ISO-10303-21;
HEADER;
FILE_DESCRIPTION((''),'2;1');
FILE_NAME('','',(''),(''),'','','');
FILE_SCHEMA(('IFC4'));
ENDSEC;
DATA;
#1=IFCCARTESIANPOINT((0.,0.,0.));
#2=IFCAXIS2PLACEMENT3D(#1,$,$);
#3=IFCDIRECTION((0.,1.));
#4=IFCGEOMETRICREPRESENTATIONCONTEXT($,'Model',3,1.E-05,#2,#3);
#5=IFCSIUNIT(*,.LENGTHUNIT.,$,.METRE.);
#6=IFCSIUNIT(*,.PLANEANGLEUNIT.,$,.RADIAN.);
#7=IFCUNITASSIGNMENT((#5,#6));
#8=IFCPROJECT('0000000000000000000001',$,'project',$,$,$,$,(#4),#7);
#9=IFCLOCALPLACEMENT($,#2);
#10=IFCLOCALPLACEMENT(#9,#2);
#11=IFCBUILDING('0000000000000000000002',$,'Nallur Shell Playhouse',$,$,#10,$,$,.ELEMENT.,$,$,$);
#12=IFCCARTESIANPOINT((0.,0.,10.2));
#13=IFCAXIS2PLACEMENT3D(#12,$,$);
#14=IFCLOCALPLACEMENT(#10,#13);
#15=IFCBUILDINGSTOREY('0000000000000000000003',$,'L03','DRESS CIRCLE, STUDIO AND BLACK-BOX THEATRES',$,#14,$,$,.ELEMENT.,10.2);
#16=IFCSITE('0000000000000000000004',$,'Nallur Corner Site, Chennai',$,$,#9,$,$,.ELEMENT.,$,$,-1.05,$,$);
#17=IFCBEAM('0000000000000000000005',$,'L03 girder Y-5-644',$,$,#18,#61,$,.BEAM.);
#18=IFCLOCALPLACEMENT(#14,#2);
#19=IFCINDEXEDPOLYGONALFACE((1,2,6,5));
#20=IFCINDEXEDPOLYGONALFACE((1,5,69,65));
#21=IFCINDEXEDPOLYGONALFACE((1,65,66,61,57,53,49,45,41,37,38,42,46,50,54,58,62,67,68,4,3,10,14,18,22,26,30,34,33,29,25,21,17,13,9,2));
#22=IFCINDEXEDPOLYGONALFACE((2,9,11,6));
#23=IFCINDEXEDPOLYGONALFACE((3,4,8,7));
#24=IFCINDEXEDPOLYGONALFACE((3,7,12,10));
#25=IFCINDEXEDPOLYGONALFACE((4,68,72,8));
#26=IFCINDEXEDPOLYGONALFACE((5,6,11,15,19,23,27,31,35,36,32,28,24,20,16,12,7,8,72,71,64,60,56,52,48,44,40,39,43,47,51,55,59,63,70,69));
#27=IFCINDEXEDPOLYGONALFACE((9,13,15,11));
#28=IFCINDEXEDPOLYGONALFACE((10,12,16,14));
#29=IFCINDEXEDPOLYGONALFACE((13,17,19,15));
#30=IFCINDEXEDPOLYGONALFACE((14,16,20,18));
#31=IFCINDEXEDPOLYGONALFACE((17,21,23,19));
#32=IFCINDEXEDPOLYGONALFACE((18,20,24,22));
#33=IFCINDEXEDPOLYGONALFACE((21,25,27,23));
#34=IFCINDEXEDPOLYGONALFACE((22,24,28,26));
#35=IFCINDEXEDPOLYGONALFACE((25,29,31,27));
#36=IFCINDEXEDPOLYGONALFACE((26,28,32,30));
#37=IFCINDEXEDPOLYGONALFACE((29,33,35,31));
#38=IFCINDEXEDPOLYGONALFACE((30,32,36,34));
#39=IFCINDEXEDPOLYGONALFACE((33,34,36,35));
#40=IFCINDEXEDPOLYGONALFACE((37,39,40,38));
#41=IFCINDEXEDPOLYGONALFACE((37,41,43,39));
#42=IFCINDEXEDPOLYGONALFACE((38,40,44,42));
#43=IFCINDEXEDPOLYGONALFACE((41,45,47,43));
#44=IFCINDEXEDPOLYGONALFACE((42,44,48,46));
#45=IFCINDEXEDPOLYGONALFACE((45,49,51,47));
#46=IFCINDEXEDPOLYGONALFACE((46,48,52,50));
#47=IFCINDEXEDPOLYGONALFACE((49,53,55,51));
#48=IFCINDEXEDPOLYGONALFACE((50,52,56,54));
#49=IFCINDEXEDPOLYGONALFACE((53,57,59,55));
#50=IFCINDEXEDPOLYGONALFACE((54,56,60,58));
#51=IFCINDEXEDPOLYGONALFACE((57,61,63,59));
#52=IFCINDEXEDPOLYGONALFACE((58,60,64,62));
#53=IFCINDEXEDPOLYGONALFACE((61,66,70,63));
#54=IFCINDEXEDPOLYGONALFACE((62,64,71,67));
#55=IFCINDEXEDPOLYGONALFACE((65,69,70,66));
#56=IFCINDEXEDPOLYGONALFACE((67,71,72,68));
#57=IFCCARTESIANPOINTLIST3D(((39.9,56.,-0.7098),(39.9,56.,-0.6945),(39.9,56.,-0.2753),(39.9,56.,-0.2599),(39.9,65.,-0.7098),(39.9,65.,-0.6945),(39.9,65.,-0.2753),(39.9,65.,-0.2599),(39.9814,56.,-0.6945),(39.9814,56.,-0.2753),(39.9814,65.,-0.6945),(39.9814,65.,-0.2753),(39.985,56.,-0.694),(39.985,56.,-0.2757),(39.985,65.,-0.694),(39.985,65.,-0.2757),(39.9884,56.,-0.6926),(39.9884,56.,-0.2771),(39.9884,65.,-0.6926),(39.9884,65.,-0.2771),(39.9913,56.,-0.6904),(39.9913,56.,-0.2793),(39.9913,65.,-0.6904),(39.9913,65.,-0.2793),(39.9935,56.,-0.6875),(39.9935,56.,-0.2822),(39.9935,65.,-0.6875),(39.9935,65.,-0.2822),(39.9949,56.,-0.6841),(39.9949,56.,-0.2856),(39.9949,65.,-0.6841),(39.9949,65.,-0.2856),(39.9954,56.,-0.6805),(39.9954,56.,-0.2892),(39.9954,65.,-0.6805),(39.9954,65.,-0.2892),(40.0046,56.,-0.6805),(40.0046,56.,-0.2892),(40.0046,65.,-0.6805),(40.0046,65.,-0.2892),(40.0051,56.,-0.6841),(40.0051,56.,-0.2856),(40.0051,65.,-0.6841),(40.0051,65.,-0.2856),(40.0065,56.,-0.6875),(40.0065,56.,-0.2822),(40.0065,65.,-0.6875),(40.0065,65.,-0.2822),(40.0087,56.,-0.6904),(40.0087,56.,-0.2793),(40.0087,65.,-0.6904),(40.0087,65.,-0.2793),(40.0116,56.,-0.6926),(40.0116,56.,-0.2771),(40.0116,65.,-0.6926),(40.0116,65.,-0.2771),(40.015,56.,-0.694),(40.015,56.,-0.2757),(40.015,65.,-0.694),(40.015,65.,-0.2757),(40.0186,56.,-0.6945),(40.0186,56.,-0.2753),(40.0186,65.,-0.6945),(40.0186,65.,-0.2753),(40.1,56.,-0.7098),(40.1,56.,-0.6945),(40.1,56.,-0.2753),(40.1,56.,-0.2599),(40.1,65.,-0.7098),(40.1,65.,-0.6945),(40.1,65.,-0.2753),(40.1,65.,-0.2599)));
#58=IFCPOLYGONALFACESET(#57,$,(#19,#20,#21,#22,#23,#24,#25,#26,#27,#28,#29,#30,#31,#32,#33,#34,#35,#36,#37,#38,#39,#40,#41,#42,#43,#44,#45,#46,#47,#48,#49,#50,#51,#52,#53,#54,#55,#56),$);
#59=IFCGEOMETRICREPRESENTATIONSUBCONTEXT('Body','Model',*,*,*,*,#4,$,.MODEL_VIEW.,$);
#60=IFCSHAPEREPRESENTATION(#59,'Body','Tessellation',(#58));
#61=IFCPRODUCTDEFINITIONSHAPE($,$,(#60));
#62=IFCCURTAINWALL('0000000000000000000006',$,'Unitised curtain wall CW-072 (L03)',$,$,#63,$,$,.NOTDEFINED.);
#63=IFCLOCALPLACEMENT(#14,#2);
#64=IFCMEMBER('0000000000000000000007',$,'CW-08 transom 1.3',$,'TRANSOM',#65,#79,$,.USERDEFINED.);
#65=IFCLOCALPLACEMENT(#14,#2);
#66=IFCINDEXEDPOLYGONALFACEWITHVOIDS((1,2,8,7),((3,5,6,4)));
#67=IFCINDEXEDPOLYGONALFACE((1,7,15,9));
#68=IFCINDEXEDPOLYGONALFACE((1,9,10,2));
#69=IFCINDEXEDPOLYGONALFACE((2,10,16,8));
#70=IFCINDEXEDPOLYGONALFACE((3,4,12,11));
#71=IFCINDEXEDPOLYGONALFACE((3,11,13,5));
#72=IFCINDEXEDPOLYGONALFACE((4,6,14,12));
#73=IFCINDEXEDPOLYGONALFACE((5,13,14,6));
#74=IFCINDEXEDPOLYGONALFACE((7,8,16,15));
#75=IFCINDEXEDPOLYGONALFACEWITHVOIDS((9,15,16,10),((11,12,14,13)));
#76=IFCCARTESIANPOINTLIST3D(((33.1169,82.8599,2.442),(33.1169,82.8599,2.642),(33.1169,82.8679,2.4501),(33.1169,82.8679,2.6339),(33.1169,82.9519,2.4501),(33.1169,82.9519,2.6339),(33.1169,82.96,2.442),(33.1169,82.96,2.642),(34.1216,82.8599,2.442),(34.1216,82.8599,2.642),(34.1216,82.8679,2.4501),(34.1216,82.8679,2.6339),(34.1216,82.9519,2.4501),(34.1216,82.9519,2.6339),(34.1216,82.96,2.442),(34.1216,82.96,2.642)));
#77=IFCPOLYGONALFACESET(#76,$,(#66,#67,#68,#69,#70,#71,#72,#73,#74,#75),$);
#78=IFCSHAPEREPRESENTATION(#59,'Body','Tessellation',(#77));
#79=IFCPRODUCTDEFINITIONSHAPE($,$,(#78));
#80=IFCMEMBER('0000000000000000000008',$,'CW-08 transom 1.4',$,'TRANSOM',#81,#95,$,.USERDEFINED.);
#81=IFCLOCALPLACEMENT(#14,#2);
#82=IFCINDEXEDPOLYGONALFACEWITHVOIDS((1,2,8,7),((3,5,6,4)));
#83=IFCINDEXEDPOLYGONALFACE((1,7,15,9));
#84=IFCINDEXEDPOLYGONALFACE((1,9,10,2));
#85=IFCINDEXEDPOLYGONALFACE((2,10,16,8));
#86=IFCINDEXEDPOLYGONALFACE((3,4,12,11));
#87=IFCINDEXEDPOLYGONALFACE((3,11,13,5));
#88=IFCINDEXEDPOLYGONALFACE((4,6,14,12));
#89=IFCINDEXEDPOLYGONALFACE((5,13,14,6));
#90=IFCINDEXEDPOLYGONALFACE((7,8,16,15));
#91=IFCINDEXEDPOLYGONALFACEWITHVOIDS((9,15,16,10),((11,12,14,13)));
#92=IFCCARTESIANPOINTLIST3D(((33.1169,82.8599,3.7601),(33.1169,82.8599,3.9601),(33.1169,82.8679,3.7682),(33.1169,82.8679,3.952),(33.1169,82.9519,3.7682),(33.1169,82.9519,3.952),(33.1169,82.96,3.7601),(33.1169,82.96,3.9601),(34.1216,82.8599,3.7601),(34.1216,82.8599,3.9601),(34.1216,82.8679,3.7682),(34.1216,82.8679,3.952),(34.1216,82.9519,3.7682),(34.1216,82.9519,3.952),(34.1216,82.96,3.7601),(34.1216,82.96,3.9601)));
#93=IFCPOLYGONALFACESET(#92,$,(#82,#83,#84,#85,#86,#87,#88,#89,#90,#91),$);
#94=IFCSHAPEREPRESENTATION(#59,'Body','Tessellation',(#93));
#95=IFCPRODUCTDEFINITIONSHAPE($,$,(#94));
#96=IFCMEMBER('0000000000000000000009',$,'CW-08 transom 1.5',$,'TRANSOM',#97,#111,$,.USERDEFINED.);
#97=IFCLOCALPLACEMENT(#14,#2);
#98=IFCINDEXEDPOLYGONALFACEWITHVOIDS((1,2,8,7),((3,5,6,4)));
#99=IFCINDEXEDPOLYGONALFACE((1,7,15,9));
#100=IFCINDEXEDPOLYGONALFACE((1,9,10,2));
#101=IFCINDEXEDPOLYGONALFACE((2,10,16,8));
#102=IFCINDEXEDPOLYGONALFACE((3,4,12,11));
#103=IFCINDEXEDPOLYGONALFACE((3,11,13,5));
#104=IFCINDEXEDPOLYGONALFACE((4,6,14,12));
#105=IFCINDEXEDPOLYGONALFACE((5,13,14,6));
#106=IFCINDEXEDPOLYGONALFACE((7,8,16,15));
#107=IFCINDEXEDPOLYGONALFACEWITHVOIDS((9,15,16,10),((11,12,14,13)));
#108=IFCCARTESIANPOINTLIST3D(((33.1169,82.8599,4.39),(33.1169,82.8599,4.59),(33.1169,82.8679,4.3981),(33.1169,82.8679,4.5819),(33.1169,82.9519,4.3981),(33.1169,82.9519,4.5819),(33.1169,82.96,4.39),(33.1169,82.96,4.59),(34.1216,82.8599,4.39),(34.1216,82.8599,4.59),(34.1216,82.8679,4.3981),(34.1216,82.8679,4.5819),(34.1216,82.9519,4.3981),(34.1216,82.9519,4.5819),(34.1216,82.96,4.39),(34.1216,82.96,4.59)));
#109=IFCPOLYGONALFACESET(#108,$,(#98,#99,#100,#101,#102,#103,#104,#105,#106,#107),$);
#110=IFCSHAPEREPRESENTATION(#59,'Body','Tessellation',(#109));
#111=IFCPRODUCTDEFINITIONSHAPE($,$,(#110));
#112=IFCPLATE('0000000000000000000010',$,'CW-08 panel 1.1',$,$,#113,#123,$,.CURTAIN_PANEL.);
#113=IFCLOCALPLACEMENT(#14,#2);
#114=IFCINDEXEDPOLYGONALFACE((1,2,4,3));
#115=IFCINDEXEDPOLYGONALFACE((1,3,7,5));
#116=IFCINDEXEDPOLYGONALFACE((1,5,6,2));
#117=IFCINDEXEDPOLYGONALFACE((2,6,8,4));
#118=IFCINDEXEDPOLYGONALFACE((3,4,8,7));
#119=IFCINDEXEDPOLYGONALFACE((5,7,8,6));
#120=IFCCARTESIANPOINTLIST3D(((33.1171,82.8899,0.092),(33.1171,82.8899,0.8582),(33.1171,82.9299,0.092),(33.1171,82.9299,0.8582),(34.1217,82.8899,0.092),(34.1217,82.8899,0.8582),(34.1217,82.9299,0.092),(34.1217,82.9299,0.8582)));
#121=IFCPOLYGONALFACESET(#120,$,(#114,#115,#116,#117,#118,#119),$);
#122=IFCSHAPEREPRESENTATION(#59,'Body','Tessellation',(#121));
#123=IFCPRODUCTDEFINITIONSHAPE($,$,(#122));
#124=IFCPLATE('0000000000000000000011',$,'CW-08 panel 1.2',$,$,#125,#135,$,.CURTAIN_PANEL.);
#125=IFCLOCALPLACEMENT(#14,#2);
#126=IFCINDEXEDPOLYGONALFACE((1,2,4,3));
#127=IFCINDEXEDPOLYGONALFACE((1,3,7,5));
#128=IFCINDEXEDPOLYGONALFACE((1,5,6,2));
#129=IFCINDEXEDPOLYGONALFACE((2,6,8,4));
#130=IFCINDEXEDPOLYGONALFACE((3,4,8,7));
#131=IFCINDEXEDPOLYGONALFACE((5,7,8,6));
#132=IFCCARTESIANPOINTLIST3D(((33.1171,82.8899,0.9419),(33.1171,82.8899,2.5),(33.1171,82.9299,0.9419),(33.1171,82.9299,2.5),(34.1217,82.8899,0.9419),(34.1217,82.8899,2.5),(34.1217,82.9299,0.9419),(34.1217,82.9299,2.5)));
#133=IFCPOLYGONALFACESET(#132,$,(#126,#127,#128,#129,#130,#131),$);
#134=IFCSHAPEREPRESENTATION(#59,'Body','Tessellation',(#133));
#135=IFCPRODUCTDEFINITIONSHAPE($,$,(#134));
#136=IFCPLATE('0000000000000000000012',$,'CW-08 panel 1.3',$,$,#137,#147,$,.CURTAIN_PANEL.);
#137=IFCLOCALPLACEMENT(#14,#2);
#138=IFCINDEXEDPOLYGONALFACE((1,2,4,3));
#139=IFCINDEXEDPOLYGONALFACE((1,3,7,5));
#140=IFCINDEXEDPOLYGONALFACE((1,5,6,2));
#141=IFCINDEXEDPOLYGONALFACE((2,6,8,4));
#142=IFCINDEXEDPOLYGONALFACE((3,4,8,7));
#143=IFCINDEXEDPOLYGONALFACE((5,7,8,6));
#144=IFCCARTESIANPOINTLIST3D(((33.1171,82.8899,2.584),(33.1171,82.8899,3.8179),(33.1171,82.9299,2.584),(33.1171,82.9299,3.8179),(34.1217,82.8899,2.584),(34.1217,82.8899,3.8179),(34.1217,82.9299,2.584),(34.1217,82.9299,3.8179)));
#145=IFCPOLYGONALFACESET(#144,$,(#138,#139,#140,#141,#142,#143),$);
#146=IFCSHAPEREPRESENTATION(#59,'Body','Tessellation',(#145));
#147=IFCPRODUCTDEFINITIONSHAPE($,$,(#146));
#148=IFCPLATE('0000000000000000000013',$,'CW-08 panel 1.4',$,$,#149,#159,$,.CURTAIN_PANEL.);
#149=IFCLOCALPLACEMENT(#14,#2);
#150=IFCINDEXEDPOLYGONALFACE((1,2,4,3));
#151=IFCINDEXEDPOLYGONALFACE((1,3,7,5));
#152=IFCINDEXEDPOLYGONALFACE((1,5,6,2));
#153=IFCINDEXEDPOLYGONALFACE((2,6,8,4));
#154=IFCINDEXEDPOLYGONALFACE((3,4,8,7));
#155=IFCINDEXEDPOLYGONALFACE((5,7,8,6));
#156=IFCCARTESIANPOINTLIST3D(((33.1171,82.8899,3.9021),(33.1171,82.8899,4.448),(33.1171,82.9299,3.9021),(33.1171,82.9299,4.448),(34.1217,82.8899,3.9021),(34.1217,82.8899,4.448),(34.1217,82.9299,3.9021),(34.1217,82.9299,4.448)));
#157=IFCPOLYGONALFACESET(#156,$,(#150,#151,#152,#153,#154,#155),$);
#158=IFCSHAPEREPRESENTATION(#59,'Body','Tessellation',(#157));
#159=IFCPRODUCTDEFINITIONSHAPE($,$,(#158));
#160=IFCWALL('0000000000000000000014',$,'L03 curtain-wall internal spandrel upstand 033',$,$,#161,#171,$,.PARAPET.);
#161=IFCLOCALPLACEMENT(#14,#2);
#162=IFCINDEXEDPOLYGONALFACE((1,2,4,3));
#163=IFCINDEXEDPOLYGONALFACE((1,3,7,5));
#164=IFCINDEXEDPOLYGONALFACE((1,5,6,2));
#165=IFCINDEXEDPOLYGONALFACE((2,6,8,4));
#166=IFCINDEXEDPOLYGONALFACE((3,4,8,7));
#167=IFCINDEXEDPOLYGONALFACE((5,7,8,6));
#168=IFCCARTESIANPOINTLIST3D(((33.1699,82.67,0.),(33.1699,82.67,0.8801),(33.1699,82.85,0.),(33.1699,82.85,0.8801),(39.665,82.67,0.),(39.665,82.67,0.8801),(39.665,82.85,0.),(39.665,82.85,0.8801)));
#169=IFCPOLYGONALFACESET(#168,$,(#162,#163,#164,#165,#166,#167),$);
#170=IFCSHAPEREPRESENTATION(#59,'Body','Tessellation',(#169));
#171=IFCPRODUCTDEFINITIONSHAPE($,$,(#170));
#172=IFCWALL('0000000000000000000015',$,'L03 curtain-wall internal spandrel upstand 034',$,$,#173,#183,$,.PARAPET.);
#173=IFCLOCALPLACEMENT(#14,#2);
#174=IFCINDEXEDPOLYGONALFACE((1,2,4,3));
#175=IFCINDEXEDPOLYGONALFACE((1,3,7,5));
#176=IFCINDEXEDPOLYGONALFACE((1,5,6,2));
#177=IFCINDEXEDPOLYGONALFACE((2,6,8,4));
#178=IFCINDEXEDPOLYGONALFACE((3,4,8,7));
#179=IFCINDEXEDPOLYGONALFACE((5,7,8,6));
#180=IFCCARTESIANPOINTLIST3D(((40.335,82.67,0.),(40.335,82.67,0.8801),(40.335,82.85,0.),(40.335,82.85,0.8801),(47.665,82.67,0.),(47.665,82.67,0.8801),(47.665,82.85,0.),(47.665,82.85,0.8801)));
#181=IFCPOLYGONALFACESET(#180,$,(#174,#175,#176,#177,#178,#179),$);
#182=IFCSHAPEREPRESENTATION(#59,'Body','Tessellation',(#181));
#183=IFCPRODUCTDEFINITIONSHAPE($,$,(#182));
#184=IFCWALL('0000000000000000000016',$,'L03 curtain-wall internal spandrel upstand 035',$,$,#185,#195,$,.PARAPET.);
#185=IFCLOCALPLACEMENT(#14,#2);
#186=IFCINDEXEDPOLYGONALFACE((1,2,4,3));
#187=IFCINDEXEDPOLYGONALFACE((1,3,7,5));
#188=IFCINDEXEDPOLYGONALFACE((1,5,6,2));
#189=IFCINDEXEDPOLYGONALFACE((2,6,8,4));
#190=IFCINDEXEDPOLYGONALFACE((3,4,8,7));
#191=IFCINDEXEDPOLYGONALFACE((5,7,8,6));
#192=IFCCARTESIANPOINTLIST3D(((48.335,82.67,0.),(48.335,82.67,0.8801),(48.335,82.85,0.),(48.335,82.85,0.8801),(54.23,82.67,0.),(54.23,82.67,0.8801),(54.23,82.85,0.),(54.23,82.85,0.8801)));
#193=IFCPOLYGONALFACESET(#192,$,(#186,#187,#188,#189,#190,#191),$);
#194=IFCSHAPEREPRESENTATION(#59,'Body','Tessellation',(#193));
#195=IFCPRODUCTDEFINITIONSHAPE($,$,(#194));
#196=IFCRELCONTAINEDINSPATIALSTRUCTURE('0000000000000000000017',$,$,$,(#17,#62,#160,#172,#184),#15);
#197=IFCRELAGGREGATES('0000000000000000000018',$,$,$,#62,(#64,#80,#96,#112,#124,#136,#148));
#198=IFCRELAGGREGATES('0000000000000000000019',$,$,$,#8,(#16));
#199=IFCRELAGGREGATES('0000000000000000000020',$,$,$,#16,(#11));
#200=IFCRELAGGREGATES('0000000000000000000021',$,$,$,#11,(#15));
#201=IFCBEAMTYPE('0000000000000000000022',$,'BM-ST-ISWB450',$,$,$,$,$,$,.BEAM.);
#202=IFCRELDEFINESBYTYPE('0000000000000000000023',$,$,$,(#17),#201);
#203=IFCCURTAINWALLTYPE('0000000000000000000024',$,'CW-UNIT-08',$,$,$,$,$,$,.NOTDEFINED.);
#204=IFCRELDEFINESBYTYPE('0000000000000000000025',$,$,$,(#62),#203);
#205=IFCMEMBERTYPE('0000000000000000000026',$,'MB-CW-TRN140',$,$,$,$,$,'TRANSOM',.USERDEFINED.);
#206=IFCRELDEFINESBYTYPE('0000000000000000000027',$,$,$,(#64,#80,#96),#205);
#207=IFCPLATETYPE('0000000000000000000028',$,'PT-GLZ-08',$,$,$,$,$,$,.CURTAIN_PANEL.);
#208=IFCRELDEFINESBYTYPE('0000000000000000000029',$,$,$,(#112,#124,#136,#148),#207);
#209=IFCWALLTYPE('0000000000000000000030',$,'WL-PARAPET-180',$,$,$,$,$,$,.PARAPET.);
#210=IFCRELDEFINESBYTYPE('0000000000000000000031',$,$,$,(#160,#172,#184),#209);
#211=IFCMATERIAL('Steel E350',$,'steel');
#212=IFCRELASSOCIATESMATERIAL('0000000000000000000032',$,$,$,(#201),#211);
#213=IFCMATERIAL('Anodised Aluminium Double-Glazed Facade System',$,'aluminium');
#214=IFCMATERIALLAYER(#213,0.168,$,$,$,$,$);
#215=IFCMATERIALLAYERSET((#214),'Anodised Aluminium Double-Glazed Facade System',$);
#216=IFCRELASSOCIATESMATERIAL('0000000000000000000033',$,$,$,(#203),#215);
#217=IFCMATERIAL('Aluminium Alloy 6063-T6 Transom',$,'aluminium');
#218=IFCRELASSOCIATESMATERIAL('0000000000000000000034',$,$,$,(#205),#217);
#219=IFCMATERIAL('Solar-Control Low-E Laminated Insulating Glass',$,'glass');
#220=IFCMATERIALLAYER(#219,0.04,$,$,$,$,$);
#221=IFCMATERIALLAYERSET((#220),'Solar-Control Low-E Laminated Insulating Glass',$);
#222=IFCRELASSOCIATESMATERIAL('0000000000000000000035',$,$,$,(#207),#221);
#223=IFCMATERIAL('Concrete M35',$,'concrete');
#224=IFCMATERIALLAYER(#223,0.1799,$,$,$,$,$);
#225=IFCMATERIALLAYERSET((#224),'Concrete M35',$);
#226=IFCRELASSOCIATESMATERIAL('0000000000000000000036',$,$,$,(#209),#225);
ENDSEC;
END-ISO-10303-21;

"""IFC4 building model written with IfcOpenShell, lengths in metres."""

from ifc_helpers import new_model, si_unit, direction, frame, frame_2d, origin, origin_2d, place, context, subcontext, project, spatial, rectangle, hollow_rectangle, i_section, extrude, material, layer, layer_set, material_profile, profile_set, type_object, element, aggregate, save


model = new_model("IFC4")

# Units and contexts
model_context = context("Model", 3, precision=1e-05, world=origin(), true_north=direction((0.0, 1.0)))
body_context = subcontext(model_context, "Body", "Model", "MODEL_VIEW")
ifc_project = project(units=[si_unit("LENGTHUNIT", "METRE"), si_unit("PLANEANGLEUNIT", "RADIAN")], contexts=[model_context])

# Site, building, storey
site_placement = place(None, origin())
site = spatial("IfcSite", under=ifc_project, at=site_placement, Name="Nallur Corner Site, Chennai", CompositionType="ELEMENT", RefElevation=-1.05)
building_placement = place(site_placement, origin())
building = spatial("IfcBuilding", under=site, at=building_placement, Name="Nallur Shell Playhouse", CompositionType="ELEMENT")
storey_placement = place(building_placement, frame((0.0, 0.0, 10.2)))
storey = spatial("IfcBuildingStorey", under=building, at=storey_placement, Name="L03", Description="DRESS CIRCLE, STUDIO AND BLACK-BOX THEATRES", CompositionType="ELEMENT", Elevation=10.2)

# Shared definitions
ifc_material_1 = material(Name="Concrete M35", Category="concrete")

# Beam
ifc_material_2 = material(Name="Steel E350", Category="steel")
ifc_material_profile_1 = material_profile(ifc_material_2, i_section(OverallWidth=0.2, OverallDepth=0.45, WebThickness=0.0093, FlangeThickness=0.0154, FilletRadius=0.0139, at=origin_2d()), Name="ISWB 450")
ifc_profile_set_1 = profile_set([ifc_material_profile_1], Name="Steel E350")
beam_type_1 = type_object("IfcBeamType", Name="BM-ST-ISWB450", PredefinedType="BEAM", material=ifc_profile_set_1)
beam_1_placement = place(storey_placement, frame((40.0, 56.0, -0.4849), z_axis=(0.0, 1.0, 0.0), x_axis=(-1.0, 0.0, 0.0)))
element("IfcBeam", 1, at=beam_1_placement, inside=storey, type_object=beam_type_1, Name="L03 girder Y-5-644", PredefinedType="BEAM", context=body_context, shape_type="SweptSolid", body=[
    extrude(i_section(OverallWidth=0.2, OverallDepth=0.45, WebThickness=0.0093, FlangeThickness=0.0154, FilletRadius=0.0139, at=origin_2d()), origin(), (0.0, 0.0, 1.0), 9.0),
])

# Curtain wall, members, plates
ifc_material_3 = material(Name="Anodised Aluminium Double-Glazed Facade System", Category="aluminium")
ifc_layer_1 = layer(ifc_material_3, 0.168)
ifc_layer_set_1 = layer_set([ifc_layer_1], Name="Anodised Aluminium Double-Glazed Facade System")
curtain_wall_type = type_object("IfcCurtainWallType", Name="CW-UNIT-08", PredefinedType="NOTDEFINED", material=ifc_layer_set_1)
curtain_wall_placement = place(storey_placement, origin())
curtain_wall = element("IfcCurtainWall", 2, at=curtain_wall_placement, inside=storey, type_object=curtain_wall_type, Name="Unitised curtain wall CW-072 (L03)", PredefinedType="NOTDEFINED")
ifc_material_4 = material(Name="Aluminium Alloy 6063-T6 Transom", Category="aluminium")
ifc_material_profile_2 = material_profile(ifc_material_4, hollow_rectangle(XDim=0.1001, YDim=0.2, WallThickness=0.0081, at=origin_2d()), Name="RHS 200x100x8")
ifc_profile_set_2 = profile_set([ifc_material_profile_2], Name="Aluminium Alloy 6063-T6 Transom")
member_type = type_object("IfcMemberType", Name="MB-CW-TRN140", ElementType="TRANSOM", PredefinedType="USERDEFINED", material=ifc_profile_set_2)
member_1_placement = place(storey_placement, frame((33.1169, 82.9099, 2.542), z_axis=(1.0, 0.0, 0.0), x_axis=(0.0, 1.0, 0.0)))
member_1 = element("IfcMember", 3, at=member_1_placement, type_object=member_type, Name="CW-08 transom 1.3", ObjectType="TRANSOM", PredefinedType="USERDEFINED", context=body_context, shape_type="SweptSolid", body=[
    extrude(hollow_rectangle(XDim=0.1001, YDim=0.2, WallThickness=0.0081, at=origin_2d()), origin(), (0.0, 0.0, 1.0), 1.0046),
])
member_2_placement = place(storey_placement, frame((33.1169, 82.9099, 3.8601), z_axis=(1.0, 0.0, 0.0), x_axis=(0.0, 1.0, 0.0)))
member_2 = element("IfcMember", 4, at=member_2_placement, type_object=member_type, Name="CW-08 transom 1.4", ObjectType="TRANSOM", PredefinedType="USERDEFINED", context=body_context, shape_type="SweptSolid", body=[
    extrude(hollow_rectangle(XDim=0.1001, YDim=0.2, WallThickness=0.0081, at=origin_2d()), origin(), (0.0, 0.0, 1.0), 1.0046),
])
member_3_placement = place(storey_placement, frame((33.1169, 82.9099, 4.49), z_axis=(1.0, 0.0, 0.0), x_axis=(0.0, 1.0, 0.0)))
member_3 = element("IfcMember", 5, at=member_3_placement, type_object=member_type, Name="CW-08 transom 1.5", ObjectType="TRANSOM", PredefinedType="USERDEFINED", context=body_context, shape_type="SweptSolid", body=[
    extrude(hollow_rectangle(XDim=0.1001, YDim=0.2, WallThickness=0.0081, at=origin_2d()), origin(), (0.0, 0.0, 1.0), 1.0046),
])
ifc_material_5 = material(Name="Solar-Control Low-E Laminated Insulating Glass", Category="glass")
ifc_layer_2 = layer(ifc_material_5, 0.04)
ifc_layer_set_2 = layer_set([ifc_layer_2], Name="Solar-Control Low-E Laminated Insulating Glass")
plate_type = type_object("IfcPlateType", Name="PT-GLZ-08", PredefinedType="CURTAIN_PANEL", material=ifc_layer_set_2)
plate_1_placement = place(storey_placement, frame((33.6194, 82.9099, 0.092), z_axis=(0.0, 0.0, 1.0), x_axis=(1.0, 0.0, 0.0)))
plate_1 = element("IfcPlate", 6, at=plate_1_placement, type_object=plate_type, Name="CW-08 panel 1.1", PredefinedType="CURTAIN_PANEL", context=body_context, shape_type="SweptSolid", body=[
    extrude(rectangle(XDim=1.0046, YDim=0.04, at=origin_2d()), origin(), (0.0, 0.0, 1.0), 0.7661),
])
plate_2_placement = place(storey_placement, frame((33.6194, 82.9099, 0.9419), z_axis=(0.0, 0.0, 1.0), x_axis=(1.0, 0.0, 0.0)))
plate_2 = element("IfcPlate", 7, at=plate_2_placement, type_object=plate_type, Name="CW-08 panel 1.2", PredefinedType="CURTAIN_PANEL", context=body_context, shape_type="SweptSolid", body=[
    extrude(rectangle(XDim=1.0046, YDim=0.04, at=origin_2d()), origin(), (0.0, 0.0, 1.0), 1.5581),
])
plate_3_placement = place(storey_placement, frame((33.6194, 82.9099, 2.584), z_axis=(0.0, 0.0, 1.0), x_axis=(1.0, 0.0, 0.0)))
plate_3 = element("IfcPlate", 8, at=plate_3_placement, type_object=plate_type, Name="CW-08 panel 1.3", PredefinedType="CURTAIN_PANEL", context=body_context, shape_type="SweptSolid", body=[
    extrude(rectangle(XDim=1.0046, YDim=0.04, at=origin_2d()), origin(), (0.0, 0.0, 1.0), 1.2339),
])
plate_4_placement = place(storey_placement, frame((33.6194, 82.9099, 3.9021), z_axis=(0.0, 0.0, 1.0), x_axis=(1.0, 0.0, 0.0)))
plate_4 = element("IfcPlate", 9, at=plate_4_placement, type_object=plate_type, Name="CW-08 panel 1.4", PredefinedType="CURTAIN_PANEL", context=body_context, shape_type="SweptSolid", body=[
    extrude(rectangle(XDim=1.0046, YDim=0.04, at=origin_2d()), origin(), (0.0, 0.0, 1.0), 0.5459),
])
aggregate(curtain_wall, [member_1, member_2, member_3, plate_1, plate_2, plate_3, plate_4])

# Walls
ifc_layer_3 = layer(ifc_material_1, 0.1799)
ifc_layer_set_3 = layer_set([ifc_layer_3], Name="Concrete M35")
wall_type_1 = type_object("IfcWallType", Name="WL-PARAPET-180", PredefinedType="PARAPET", material=ifc_layer_set_3)
wall_1_placement = place(storey_placement, frame((33.1699, 82.76, 0.0), z_axis=(0.0, 0.0, 1.0), x_axis=(1.0, 0.0, 0.0)))
element("IfcWall", 10, at=wall_1_placement, inside=storey, type_object=wall_type_1, Name="L03 curtain-wall internal spandrel upstand 033", PredefinedType="PARAPET", context=body_context, shape_type="SweptSolid", body=[
    extrude(rectangle(XDim=6.4951, YDim=0.1799, at=frame_2d((3.2476, 0.0))), origin(), (0.0, 0.0, 1.0), 0.8801),
])
wall_2_placement = place(storey_placement, frame((40.335, 82.76, 0.0), z_axis=(0.0, 0.0, 1.0), x_axis=(1.0, 0.0, 0.0)))
element("IfcWall", 11, at=wall_2_placement, inside=storey, type_object=wall_type_1, Name="L03 curtain-wall internal spandrel upstand 034", PredefinedType="PARAPET", context=body_context, shape_type="SweptSolid", body=[
    extrude(rectangle(XDim=7.3301, YDim=0.1799, at=frame_2d((3.665, 0.0))), origin(), (0.0, 0.0, 1.0), 0.8801),
])
wall_3_placement = place(storey_placement, frame((48.335, 82.76, 0.0), z_axis=(0.0, 0.0, 1.0), x_axis=(1.0, 0.0, 0.0)))
element("IfcWall", 12, at=wall_3_placement, inside=storey, type_object=wall_type_1, Name="L03 curtain-wall internal spandrel upstand 035", PredefinedType="PARAPET", context=body_context, shape_type="SweptSolid", body=[
    extrude(rectangle(XDim=5.895, YDim=0.1799, at=frame_2d((2.9475, 0.0))), origin(), (0.0, 0.0, 1.0), 0.8801),
])

save(model, "model.ifc")
